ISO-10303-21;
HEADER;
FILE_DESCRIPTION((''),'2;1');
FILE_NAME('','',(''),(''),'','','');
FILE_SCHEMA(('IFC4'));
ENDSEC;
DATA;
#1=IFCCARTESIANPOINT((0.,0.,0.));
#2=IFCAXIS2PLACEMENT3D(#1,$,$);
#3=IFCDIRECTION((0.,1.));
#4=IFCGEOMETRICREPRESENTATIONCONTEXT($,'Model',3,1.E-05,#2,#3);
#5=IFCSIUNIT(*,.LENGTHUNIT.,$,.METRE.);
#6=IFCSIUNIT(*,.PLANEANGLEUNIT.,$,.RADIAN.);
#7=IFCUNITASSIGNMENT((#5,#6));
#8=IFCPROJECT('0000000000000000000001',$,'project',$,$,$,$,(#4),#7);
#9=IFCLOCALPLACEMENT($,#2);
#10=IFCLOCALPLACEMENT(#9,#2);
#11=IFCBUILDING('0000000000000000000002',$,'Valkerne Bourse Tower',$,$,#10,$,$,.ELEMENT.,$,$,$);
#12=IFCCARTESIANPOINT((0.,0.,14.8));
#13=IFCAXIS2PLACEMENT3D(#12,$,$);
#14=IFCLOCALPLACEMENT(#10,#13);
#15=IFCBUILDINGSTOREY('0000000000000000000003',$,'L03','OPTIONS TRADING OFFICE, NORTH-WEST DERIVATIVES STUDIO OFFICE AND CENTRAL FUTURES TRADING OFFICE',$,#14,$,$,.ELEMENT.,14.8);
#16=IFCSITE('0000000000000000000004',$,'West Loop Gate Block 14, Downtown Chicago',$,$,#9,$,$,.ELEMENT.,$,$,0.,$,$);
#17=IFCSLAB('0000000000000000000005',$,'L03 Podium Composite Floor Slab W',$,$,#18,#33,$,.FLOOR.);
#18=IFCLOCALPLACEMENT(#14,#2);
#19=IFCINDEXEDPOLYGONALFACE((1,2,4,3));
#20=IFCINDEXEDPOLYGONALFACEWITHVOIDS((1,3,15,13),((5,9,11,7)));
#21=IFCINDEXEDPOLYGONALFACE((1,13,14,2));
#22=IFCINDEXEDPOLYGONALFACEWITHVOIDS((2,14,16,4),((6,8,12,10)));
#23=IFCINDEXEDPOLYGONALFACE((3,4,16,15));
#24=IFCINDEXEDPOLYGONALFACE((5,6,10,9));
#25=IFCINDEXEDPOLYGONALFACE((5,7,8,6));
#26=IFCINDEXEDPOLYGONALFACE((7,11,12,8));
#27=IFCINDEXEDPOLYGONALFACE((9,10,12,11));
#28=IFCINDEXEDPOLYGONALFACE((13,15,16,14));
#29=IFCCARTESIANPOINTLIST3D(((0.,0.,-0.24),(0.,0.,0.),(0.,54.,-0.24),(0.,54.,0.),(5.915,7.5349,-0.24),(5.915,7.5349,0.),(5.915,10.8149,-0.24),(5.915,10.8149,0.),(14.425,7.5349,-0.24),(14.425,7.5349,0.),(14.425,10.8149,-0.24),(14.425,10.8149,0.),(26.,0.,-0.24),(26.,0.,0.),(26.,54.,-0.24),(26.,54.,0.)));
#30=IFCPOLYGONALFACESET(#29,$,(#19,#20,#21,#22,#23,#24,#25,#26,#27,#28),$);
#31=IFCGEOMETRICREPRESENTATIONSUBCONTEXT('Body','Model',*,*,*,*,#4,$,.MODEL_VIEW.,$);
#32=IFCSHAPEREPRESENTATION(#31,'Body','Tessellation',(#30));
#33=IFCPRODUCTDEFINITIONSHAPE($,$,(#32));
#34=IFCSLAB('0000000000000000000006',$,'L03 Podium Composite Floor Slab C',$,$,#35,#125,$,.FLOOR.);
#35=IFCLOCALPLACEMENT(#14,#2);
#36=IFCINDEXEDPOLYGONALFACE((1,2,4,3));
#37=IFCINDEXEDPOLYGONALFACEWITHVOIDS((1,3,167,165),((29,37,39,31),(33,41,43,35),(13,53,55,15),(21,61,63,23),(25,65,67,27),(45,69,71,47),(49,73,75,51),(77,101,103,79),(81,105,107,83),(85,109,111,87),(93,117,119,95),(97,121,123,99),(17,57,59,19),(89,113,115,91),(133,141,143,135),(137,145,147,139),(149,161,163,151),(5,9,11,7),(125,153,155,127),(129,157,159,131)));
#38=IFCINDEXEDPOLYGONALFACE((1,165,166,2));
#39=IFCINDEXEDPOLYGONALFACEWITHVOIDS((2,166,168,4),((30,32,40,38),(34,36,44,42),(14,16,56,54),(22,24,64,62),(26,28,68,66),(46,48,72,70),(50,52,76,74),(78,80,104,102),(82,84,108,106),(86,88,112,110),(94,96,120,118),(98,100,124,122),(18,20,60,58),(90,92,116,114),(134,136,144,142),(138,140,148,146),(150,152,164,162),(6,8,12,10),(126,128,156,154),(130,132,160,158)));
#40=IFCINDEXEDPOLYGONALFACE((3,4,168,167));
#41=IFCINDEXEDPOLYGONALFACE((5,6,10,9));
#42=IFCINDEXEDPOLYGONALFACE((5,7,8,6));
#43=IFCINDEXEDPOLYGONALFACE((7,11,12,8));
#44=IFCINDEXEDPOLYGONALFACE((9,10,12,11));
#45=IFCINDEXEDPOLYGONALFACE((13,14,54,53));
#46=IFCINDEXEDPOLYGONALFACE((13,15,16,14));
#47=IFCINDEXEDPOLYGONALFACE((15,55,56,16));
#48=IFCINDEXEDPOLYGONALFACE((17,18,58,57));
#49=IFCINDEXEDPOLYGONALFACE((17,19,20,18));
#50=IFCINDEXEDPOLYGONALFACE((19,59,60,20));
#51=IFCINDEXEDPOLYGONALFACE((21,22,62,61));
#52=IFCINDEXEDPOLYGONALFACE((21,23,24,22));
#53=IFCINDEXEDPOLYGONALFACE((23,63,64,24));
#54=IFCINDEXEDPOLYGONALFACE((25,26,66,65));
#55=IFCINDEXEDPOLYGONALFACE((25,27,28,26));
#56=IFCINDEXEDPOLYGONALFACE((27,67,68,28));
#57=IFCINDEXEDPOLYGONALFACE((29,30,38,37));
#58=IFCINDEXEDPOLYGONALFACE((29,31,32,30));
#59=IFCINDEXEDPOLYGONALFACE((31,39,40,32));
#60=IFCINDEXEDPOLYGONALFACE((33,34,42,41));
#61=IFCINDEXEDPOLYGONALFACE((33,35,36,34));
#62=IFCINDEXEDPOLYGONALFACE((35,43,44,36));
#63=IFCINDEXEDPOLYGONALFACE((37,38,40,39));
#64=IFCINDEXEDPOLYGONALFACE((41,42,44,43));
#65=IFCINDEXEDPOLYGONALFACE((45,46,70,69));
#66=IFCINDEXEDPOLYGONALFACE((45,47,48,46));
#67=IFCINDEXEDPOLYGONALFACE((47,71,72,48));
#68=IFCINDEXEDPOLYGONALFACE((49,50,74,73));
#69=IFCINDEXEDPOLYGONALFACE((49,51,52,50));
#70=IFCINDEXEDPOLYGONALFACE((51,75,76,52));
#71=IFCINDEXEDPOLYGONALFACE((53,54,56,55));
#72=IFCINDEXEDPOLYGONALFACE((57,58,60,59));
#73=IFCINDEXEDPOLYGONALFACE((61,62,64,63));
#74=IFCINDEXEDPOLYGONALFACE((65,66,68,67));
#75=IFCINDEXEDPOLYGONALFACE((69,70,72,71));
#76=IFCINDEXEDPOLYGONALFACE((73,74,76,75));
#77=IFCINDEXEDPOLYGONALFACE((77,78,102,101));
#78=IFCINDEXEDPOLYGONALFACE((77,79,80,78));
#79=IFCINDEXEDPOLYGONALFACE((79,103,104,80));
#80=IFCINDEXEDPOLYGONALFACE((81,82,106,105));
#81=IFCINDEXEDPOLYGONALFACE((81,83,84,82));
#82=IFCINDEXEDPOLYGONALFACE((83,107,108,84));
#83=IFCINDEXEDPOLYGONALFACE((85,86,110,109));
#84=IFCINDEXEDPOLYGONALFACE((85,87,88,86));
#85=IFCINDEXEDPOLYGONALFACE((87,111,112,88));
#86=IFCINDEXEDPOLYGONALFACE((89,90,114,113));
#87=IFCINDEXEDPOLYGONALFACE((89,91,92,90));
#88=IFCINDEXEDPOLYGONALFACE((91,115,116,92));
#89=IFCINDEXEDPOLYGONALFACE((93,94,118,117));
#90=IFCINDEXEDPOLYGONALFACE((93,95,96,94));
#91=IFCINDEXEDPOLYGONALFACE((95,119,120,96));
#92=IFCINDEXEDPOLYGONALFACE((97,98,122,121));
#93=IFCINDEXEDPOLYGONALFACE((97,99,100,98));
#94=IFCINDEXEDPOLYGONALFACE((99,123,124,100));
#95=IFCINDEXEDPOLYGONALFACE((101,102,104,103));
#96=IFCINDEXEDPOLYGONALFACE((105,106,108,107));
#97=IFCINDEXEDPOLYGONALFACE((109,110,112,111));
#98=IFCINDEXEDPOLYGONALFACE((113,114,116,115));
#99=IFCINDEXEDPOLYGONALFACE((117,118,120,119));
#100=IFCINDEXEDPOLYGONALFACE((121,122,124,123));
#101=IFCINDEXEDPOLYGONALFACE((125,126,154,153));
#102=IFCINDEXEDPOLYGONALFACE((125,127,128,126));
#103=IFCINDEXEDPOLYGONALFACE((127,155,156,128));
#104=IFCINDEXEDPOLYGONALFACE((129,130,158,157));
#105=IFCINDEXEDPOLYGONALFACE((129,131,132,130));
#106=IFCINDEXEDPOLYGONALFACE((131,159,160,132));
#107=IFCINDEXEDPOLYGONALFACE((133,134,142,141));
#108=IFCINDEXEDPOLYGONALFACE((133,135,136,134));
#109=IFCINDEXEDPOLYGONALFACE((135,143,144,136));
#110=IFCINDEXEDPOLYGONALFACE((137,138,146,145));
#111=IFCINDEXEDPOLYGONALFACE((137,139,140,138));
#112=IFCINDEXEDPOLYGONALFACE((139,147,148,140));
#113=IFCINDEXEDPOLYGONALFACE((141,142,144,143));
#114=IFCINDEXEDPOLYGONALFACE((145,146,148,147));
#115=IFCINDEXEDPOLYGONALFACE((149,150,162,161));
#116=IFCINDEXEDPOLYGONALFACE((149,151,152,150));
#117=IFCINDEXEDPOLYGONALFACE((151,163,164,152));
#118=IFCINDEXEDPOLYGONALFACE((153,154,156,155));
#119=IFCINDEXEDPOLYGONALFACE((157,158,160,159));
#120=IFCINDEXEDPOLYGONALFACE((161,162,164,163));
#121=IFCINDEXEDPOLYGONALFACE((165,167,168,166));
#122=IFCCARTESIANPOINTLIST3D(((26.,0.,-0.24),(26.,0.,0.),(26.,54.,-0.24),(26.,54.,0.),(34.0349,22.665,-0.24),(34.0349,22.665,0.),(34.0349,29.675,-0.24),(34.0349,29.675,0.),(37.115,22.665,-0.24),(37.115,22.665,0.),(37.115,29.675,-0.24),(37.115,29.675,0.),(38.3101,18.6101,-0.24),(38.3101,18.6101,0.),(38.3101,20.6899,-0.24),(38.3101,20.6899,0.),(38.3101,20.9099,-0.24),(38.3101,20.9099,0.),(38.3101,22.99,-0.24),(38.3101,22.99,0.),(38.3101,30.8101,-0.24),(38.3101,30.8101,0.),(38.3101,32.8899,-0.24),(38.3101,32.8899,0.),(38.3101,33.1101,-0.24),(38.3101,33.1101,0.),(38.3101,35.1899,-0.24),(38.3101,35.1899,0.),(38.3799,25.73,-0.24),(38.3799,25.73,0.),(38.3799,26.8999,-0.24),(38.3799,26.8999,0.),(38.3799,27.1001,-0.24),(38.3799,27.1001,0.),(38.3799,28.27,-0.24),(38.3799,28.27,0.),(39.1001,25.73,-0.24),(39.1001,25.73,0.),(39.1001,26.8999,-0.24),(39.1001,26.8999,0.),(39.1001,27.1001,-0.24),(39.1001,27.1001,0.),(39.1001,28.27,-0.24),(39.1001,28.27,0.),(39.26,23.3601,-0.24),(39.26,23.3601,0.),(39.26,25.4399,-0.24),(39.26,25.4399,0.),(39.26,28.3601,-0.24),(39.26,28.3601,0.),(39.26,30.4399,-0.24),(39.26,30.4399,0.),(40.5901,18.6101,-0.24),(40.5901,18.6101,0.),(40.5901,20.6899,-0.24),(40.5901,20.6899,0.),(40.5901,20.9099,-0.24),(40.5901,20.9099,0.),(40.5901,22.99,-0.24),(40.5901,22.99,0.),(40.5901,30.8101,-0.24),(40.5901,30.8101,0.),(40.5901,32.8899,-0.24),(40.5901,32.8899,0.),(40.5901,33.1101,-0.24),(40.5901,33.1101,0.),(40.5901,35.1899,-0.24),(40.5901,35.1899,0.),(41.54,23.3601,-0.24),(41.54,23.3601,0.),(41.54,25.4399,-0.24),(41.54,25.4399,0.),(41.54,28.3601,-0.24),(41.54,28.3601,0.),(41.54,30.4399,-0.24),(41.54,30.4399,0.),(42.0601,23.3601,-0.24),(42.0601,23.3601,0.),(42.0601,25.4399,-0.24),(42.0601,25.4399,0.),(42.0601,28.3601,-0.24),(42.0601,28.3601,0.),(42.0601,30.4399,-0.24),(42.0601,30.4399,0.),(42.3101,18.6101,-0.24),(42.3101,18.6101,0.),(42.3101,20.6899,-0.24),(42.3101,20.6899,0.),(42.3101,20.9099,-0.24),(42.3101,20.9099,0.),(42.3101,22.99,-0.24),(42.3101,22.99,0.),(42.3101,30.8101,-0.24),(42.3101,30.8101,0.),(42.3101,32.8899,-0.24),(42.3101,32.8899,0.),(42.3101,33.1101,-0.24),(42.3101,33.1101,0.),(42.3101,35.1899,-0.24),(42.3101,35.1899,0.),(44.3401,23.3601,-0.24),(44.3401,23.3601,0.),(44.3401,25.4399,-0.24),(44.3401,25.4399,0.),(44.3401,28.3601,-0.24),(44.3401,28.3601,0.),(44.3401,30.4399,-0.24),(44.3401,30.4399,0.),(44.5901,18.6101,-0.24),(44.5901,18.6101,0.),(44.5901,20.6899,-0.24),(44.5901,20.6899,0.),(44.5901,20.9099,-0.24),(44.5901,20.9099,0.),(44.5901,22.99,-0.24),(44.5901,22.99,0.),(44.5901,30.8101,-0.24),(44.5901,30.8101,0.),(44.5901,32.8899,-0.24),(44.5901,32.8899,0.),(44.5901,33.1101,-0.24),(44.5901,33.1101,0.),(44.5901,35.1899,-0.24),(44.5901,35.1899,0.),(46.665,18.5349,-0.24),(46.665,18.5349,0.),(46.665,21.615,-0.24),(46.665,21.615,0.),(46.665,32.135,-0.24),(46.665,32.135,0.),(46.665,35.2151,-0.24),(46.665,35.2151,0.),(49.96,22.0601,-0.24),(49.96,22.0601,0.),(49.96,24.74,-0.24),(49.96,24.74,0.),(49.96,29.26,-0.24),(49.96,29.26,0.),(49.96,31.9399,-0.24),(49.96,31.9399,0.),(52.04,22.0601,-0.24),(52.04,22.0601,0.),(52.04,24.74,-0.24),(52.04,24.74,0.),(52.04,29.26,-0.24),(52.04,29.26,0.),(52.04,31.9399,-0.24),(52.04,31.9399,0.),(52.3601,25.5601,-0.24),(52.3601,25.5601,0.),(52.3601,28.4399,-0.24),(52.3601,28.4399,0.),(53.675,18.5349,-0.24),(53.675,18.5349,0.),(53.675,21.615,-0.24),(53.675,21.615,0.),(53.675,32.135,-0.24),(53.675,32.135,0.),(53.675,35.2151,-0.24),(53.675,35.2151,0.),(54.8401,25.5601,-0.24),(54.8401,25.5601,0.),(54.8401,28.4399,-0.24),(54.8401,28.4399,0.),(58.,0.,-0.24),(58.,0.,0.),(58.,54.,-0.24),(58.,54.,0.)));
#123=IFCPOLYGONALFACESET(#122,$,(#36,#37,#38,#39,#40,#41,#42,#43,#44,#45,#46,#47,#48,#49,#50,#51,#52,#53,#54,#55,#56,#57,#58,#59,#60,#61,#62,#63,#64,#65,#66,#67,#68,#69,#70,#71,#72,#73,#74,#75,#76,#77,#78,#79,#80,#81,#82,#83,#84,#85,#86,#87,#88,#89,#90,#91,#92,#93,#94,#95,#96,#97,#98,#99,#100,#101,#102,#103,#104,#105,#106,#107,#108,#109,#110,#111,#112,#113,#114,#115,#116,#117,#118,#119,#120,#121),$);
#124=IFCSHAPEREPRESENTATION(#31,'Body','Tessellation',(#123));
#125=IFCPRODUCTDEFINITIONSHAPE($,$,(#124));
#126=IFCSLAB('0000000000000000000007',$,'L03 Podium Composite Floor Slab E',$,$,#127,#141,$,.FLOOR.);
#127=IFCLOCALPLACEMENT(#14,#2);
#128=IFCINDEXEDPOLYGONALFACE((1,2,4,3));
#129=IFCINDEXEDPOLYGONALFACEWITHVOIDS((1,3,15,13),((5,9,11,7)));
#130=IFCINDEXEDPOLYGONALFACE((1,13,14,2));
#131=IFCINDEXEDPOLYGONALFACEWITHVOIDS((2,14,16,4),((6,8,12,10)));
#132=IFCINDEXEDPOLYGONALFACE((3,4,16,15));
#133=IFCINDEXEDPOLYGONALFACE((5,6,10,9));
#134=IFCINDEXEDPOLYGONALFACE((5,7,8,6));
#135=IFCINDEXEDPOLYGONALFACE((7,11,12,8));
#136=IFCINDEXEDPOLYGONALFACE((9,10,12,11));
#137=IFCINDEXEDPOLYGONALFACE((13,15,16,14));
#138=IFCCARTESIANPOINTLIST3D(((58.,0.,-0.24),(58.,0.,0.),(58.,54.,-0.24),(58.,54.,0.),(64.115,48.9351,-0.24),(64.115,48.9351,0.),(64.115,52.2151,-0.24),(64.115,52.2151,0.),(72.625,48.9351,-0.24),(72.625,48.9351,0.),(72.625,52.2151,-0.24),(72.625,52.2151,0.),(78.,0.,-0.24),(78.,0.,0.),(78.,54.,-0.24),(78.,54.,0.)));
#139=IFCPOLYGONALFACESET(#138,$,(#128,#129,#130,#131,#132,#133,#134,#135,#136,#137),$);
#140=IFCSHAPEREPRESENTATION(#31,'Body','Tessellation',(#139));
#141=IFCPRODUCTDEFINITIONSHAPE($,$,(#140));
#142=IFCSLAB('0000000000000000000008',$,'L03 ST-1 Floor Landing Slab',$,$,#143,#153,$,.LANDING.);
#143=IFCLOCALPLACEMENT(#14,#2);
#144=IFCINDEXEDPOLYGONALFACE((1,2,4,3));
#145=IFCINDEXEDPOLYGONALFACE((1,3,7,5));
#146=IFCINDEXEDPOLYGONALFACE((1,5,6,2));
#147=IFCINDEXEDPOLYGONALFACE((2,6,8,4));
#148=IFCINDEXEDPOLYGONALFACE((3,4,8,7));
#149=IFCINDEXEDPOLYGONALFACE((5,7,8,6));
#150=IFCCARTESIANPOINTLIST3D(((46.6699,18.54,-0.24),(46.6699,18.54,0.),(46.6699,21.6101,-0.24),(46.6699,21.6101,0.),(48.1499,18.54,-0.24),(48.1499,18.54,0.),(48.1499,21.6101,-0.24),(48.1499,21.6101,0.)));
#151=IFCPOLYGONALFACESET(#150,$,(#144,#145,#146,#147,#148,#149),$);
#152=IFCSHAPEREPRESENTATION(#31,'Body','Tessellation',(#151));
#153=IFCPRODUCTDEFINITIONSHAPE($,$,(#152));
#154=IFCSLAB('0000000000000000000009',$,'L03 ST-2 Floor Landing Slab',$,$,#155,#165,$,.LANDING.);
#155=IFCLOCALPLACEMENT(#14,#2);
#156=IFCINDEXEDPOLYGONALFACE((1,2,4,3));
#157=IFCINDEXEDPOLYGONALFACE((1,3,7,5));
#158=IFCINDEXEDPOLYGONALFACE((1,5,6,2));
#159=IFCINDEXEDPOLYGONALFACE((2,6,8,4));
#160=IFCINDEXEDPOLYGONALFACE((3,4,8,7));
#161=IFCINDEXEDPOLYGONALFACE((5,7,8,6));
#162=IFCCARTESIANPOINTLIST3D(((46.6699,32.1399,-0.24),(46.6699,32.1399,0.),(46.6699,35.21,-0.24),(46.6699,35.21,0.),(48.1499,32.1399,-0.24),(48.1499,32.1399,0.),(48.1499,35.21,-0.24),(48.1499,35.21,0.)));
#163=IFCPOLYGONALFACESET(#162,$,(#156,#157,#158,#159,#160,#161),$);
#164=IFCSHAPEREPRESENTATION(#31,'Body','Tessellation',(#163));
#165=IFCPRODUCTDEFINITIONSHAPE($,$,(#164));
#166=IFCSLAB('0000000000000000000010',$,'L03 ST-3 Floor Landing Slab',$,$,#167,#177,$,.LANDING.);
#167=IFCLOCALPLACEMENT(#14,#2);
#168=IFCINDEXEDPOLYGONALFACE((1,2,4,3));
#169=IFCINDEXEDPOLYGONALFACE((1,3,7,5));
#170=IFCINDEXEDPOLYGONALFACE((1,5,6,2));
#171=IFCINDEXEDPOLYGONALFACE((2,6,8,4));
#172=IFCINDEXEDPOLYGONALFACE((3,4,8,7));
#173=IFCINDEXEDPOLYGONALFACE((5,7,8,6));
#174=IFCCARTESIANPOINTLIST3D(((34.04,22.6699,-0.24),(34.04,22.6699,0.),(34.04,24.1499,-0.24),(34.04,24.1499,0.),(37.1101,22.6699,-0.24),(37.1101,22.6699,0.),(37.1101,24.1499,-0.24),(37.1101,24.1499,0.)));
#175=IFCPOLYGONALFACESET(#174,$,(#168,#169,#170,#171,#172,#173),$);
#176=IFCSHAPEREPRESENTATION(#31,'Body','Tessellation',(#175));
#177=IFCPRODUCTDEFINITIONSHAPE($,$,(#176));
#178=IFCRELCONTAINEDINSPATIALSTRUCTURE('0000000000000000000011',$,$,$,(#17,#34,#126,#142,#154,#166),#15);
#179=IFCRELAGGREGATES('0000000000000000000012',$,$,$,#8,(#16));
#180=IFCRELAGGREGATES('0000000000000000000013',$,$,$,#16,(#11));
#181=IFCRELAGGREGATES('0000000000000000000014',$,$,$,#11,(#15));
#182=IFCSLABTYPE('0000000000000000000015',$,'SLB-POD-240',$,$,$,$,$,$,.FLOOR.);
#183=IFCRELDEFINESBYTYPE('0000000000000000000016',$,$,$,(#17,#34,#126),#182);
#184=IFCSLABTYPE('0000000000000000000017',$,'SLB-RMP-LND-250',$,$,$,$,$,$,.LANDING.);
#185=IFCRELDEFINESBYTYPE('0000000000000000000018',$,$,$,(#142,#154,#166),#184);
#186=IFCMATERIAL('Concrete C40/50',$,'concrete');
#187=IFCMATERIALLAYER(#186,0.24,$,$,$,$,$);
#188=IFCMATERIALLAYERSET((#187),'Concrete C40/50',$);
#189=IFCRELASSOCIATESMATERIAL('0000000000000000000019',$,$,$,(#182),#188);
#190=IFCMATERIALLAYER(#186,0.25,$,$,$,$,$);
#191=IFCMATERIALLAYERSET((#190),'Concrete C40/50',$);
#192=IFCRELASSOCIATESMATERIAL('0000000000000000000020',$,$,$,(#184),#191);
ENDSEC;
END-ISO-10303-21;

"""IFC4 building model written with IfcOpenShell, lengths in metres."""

from ifc_helpers import new_model, si_unit, direction, frame, origin, place, context, subcontext, project, spatial, polyline, outline, extrude, material, layer, layer_set, type_object, element, save


model = new_model("IFC4")

# Units and contexts
model_context = context("Model", 3, precision=1e-05, world=origin(), true_north=direction((0.0, 1.0)))
body_context = subcontext(model_context, "Body", "Model", "MODEL_VIEW")
ifc_project = project(units=[si_unit("LENGTHUNIT", "METRE"), si_unit("PLANEANGLEUNIT", "RADIAN")], contexts=[model_context])

# Site, building, storey
site_placement = place(None, origin())
site = spatial("IfcSite", under=ifc_project, at=site_placement, Name="West Loop Gate Block 14, Downtown Chicago", CompositionType="ELEMENT", RefElevation=0.0)
building_placement = place(site_placement, origin())
building = spatial("IfcBuilding", under=site, at=building_placement, Name="Valkerne Bourse Tower", CompositionType="ELEMENT")
storey_placement = place(building_placement, frame((0.0, 0.0, 14.8)))
storey = spatial("IfcBuildingStorey", under=building, at=storey_placement, Name="L03", Description="OPTIONS TRADING OFFICE, NORTH-WEST DERIVATIVES STUDIO OFFICE AND CENTRAL FUTURES TRADING OFFICE", CompositionType="ELEMENT", Elevation=14.8)

# Slabs
ifc_material_1 = material(Name="Concrete C40/50", Category="concrete")
ifc_layer_1 = layer(ifc_material_1, 0.24)
ifc_layer_set_1 = layer_set([ifc_layer_1], Name="Concrete C40/50")
slab_type_1 = type_object("IfcSlabType", Name="SLB-POD-240", PredefinedType="FLOOR", material=ifc_layer_set_1)
slab_1_placement = place(storey_placement, frame((0.0, 0.0, -0.24)))
element("IfcSlab", 1, at=slab_1_placement, inside=storey, type_object=slab_type_1, Name="L03 Podium Composite Floor Slab W", PredefinedType="FLOOR", context=body_context, shape_type="SweptSolid", body=[
    extrude(outline(polyline([(0.0, 0.0), (0.0, 54.0), (26.0, 54.0), (26.0, 0.0), (0.0, 0.0)]), holes=[polyline([(14.425, 7.5349), (14.425, 10.8149), (5.915, 10.8149), (5.915, 7.5349), (14.425, 7.5349)])]), origin(), (0.0, 0.0, 1.0), 0.24),
])
slab_2_placement = place(storey_placement, frame((0.0, 0.0, -0.24)))
element("IfcSlab", 2, at=slab_2_placement, inside=storey, type_object=slab_type_1, Name="L03 Podium Composite Floor Slab C", PredefinedType="FLOOR", context=body_context, shape_type="SweptSolid", body=[
    extrude(outline(polyline([(26.0, 0.0), (26.0, 54.0), (58.0, 54.0), (58.0, 0.0), (26.0, 0.0)]), holes=[polyline([(40.5901, 18.6101), (40.5901, 20.6899), (38.3101, 20.6899), (38.3101, 18.6101), (40.5901, 18.6101)]), polyline([(40.5901, 20.9099), (40.5901, 22.99), (38.3101, 22.99), (38.3101, 20.9099), (40.5901, 20.9099)]), polyline([(39.26, 23.3601), (41.54, 23.3601), (41.54, 25.4399), (39.26, 25.4399), (39.26, 23.3601)]), polyline([(37.115, 22.665), (37.115, 29.675), (34.0349, 29.675), (34.0349, 22.665), (37.115, 22.665)]), polyline([(39.1001, 25.73), (39.1001, 26.8999), (38.3799, 26.8999), (38.3799, 25.73), (39.1001, 25.73)]), polyline([(38.3799, 27.1001), (39.1001, 27.1001), (39.1001, 28.27), (38.3799, 28.27), (38.3799, 27.1001)]), polyline([(39.26, 28.3601), (41.54, 28.3601), (41.54, 30.4399), (39.26, 30.4399), (39.26, 28.3601)]), polyline([(44.3401, 28.3601), (44.3401, 30.4399), (42.0601, 30.4399), (42.0601, 28.3601), (44.3401, 28.3601)]), polyline([(38.3101, 30.8101), (40.5901, 30.8101), (40.5901, 32.8899), (38.3101, 32.8899), (38.3101, 30.8101)]), polyline([(38.3101, 33.1101), (40.5901, 33.1101), (40.5901, 35.1899), (38.3101, 35.1899), (38.3101, 33.1101)]), polyline([(44.5901, 18.6101), (44.5901, 20.6899), (42.3101, 20.6899), (42.3101, 18.6101), (44.5901, 18.6101)]), polyline([(53.675, 18.5349), (53.675, 21.615), (46.665, 21.615), (46.665, 18.5349), (53.675, 18.5349)]), polyline([(44.5901, 20.9099), (44.5901, 22.99), (42.3101, 22.99), (42.3101, 20.9099), (44.5901, 20.9099)]), polyline([(49.96, 22.0601), (52.04, 22.0601), (52.04, 24.74), (49.96, 24.74), (49.96, 22.0601)]), polyline([(42.0601, 23.3601), (44.3401, 23.3601), (44.3401, 25.4399), (42.0601, 25.4399), (42.0601, 23.3601)]), polyline([(54.8401, 25.5601), (54.8401, 28.4399), (52.3601, 28.4399), (52.3601, 25.5601), (54.8401, 25.5601)]), polyline([(49.96, 29.26), (52.04, 29.26), (52.04, 31.9399), (49.96, 31.9399), (49.96, 29.26)]), polyline([(42.3101, 30.8101), (44.5901, 30.8101), (44.5901, 32.8899), (42.3101, 32.8899), (42.3101, 30.8101)]), polyline([(53.675, 32.135), (53.675, 35.2151), (46.665, 35.2151), (46.665, 32.135), (53.675, 32.135)]), polyline([(42.3101, 33.1101), (44.5901, 33.1101), (44.5901, 35.1899), (42.3101, 35.1899), (42.3101, 33.1101)])]), origin(), (0.0, 0.0, 1.0), 0.24),
])
slab_3_placement = place(storey_placement, frame((0.0, 0.0, -0.24)))
element("IfcSlab", 3, at=slab_3_placement, inside=storey, type_object=slab_type_1, Name="L03 Podium Composite Floor Slab E", PredefinedType="FLOOR", context=body_context, shape_type="SweptSolid", body=[
    extrude(outline(polyline([(58.0, 0.0), (58.0, 54.0), (78.0, 54.0), (78.0, 0.0), (58.0, 0.0)]), holes=[polyline([(64.115, 48.9351), (72.625, 48.9351), (72.625, 52.2151), (64.115, 52.2151), (64.115, 48.9351)])]), origin(), (0.0, 0.0, 1.0), 0.24),
])
ifc_layer_2 = layer(ifc_material_1, 0.25)
ifc_layer_set_2 = layer_set([ifc_layer_2], Name="Concrete C40/50")
slab_type_2 = type_object("IfcSlabType", Name="SLB-RMP-LND-250", PredefinedType="LANDING", material=ifc_layer_set_2)
slab_4_placement = place(storey_placement, frame((0.0, 0.0, -0.24)))
element("IfcSlab", 4, at=slab_4_placement, inside=storey, type_object=slab_type_2, Name="L03 ST-1 Floor Landing Slab", PredefinedType="LANDING", context=body_context, shape_type="SweptSolid", body=[
    extrude(outline(polyline([(46.6699, 18.54), (48.1499, 18.54), (48.1499, 21.6101), (46.6699, 21.6101), (46.6699, 18.54)])), origin(), (0.0, 0.0, 1.0), 0.24),
])
slab_5_placement = place(storey_placement, frame((0.0, 0.0, -0.24)))
element("IfcSlab", 5, at=slab_5_placement, inside=storey, type_object=slab_type_2, Name="L03 ST-2 Floor Landing Slab", PredefinedType="LANDING", context=body_context, shape_type="SweptSolid", body=[
    extrude(outline(polyline([(46.6699, 32.1399), (48.1499, 32.1399), (48.1499, 35.21), (46.6699, 35.21), (46.6699, 32.1399)])), origin(), (0.0, 0.0, 1.0), 0.24),
])
slab_6_placement = place(storey_placement, frame((0.0, 0.0, -0.24)))
element("IfcSlab", 6, at=slab_6_placement, inside=storey, type_object=slab_type_2, Name="L03 ST-3 Floor Landing Slab", PredefinedType="LANDING", context=body_context, shape_type="SweptSolid", body=[
    extrude(outline(polyline([(37.1101, 22.6699), (37.1101, 24.1499), (34.04, 24.1499), (34.04, 22.6699), (37.1101, 22.6699)])), origin(), (0.0, 0.0, 1.0), 0.24),
])

save(model, "model.ifc")
